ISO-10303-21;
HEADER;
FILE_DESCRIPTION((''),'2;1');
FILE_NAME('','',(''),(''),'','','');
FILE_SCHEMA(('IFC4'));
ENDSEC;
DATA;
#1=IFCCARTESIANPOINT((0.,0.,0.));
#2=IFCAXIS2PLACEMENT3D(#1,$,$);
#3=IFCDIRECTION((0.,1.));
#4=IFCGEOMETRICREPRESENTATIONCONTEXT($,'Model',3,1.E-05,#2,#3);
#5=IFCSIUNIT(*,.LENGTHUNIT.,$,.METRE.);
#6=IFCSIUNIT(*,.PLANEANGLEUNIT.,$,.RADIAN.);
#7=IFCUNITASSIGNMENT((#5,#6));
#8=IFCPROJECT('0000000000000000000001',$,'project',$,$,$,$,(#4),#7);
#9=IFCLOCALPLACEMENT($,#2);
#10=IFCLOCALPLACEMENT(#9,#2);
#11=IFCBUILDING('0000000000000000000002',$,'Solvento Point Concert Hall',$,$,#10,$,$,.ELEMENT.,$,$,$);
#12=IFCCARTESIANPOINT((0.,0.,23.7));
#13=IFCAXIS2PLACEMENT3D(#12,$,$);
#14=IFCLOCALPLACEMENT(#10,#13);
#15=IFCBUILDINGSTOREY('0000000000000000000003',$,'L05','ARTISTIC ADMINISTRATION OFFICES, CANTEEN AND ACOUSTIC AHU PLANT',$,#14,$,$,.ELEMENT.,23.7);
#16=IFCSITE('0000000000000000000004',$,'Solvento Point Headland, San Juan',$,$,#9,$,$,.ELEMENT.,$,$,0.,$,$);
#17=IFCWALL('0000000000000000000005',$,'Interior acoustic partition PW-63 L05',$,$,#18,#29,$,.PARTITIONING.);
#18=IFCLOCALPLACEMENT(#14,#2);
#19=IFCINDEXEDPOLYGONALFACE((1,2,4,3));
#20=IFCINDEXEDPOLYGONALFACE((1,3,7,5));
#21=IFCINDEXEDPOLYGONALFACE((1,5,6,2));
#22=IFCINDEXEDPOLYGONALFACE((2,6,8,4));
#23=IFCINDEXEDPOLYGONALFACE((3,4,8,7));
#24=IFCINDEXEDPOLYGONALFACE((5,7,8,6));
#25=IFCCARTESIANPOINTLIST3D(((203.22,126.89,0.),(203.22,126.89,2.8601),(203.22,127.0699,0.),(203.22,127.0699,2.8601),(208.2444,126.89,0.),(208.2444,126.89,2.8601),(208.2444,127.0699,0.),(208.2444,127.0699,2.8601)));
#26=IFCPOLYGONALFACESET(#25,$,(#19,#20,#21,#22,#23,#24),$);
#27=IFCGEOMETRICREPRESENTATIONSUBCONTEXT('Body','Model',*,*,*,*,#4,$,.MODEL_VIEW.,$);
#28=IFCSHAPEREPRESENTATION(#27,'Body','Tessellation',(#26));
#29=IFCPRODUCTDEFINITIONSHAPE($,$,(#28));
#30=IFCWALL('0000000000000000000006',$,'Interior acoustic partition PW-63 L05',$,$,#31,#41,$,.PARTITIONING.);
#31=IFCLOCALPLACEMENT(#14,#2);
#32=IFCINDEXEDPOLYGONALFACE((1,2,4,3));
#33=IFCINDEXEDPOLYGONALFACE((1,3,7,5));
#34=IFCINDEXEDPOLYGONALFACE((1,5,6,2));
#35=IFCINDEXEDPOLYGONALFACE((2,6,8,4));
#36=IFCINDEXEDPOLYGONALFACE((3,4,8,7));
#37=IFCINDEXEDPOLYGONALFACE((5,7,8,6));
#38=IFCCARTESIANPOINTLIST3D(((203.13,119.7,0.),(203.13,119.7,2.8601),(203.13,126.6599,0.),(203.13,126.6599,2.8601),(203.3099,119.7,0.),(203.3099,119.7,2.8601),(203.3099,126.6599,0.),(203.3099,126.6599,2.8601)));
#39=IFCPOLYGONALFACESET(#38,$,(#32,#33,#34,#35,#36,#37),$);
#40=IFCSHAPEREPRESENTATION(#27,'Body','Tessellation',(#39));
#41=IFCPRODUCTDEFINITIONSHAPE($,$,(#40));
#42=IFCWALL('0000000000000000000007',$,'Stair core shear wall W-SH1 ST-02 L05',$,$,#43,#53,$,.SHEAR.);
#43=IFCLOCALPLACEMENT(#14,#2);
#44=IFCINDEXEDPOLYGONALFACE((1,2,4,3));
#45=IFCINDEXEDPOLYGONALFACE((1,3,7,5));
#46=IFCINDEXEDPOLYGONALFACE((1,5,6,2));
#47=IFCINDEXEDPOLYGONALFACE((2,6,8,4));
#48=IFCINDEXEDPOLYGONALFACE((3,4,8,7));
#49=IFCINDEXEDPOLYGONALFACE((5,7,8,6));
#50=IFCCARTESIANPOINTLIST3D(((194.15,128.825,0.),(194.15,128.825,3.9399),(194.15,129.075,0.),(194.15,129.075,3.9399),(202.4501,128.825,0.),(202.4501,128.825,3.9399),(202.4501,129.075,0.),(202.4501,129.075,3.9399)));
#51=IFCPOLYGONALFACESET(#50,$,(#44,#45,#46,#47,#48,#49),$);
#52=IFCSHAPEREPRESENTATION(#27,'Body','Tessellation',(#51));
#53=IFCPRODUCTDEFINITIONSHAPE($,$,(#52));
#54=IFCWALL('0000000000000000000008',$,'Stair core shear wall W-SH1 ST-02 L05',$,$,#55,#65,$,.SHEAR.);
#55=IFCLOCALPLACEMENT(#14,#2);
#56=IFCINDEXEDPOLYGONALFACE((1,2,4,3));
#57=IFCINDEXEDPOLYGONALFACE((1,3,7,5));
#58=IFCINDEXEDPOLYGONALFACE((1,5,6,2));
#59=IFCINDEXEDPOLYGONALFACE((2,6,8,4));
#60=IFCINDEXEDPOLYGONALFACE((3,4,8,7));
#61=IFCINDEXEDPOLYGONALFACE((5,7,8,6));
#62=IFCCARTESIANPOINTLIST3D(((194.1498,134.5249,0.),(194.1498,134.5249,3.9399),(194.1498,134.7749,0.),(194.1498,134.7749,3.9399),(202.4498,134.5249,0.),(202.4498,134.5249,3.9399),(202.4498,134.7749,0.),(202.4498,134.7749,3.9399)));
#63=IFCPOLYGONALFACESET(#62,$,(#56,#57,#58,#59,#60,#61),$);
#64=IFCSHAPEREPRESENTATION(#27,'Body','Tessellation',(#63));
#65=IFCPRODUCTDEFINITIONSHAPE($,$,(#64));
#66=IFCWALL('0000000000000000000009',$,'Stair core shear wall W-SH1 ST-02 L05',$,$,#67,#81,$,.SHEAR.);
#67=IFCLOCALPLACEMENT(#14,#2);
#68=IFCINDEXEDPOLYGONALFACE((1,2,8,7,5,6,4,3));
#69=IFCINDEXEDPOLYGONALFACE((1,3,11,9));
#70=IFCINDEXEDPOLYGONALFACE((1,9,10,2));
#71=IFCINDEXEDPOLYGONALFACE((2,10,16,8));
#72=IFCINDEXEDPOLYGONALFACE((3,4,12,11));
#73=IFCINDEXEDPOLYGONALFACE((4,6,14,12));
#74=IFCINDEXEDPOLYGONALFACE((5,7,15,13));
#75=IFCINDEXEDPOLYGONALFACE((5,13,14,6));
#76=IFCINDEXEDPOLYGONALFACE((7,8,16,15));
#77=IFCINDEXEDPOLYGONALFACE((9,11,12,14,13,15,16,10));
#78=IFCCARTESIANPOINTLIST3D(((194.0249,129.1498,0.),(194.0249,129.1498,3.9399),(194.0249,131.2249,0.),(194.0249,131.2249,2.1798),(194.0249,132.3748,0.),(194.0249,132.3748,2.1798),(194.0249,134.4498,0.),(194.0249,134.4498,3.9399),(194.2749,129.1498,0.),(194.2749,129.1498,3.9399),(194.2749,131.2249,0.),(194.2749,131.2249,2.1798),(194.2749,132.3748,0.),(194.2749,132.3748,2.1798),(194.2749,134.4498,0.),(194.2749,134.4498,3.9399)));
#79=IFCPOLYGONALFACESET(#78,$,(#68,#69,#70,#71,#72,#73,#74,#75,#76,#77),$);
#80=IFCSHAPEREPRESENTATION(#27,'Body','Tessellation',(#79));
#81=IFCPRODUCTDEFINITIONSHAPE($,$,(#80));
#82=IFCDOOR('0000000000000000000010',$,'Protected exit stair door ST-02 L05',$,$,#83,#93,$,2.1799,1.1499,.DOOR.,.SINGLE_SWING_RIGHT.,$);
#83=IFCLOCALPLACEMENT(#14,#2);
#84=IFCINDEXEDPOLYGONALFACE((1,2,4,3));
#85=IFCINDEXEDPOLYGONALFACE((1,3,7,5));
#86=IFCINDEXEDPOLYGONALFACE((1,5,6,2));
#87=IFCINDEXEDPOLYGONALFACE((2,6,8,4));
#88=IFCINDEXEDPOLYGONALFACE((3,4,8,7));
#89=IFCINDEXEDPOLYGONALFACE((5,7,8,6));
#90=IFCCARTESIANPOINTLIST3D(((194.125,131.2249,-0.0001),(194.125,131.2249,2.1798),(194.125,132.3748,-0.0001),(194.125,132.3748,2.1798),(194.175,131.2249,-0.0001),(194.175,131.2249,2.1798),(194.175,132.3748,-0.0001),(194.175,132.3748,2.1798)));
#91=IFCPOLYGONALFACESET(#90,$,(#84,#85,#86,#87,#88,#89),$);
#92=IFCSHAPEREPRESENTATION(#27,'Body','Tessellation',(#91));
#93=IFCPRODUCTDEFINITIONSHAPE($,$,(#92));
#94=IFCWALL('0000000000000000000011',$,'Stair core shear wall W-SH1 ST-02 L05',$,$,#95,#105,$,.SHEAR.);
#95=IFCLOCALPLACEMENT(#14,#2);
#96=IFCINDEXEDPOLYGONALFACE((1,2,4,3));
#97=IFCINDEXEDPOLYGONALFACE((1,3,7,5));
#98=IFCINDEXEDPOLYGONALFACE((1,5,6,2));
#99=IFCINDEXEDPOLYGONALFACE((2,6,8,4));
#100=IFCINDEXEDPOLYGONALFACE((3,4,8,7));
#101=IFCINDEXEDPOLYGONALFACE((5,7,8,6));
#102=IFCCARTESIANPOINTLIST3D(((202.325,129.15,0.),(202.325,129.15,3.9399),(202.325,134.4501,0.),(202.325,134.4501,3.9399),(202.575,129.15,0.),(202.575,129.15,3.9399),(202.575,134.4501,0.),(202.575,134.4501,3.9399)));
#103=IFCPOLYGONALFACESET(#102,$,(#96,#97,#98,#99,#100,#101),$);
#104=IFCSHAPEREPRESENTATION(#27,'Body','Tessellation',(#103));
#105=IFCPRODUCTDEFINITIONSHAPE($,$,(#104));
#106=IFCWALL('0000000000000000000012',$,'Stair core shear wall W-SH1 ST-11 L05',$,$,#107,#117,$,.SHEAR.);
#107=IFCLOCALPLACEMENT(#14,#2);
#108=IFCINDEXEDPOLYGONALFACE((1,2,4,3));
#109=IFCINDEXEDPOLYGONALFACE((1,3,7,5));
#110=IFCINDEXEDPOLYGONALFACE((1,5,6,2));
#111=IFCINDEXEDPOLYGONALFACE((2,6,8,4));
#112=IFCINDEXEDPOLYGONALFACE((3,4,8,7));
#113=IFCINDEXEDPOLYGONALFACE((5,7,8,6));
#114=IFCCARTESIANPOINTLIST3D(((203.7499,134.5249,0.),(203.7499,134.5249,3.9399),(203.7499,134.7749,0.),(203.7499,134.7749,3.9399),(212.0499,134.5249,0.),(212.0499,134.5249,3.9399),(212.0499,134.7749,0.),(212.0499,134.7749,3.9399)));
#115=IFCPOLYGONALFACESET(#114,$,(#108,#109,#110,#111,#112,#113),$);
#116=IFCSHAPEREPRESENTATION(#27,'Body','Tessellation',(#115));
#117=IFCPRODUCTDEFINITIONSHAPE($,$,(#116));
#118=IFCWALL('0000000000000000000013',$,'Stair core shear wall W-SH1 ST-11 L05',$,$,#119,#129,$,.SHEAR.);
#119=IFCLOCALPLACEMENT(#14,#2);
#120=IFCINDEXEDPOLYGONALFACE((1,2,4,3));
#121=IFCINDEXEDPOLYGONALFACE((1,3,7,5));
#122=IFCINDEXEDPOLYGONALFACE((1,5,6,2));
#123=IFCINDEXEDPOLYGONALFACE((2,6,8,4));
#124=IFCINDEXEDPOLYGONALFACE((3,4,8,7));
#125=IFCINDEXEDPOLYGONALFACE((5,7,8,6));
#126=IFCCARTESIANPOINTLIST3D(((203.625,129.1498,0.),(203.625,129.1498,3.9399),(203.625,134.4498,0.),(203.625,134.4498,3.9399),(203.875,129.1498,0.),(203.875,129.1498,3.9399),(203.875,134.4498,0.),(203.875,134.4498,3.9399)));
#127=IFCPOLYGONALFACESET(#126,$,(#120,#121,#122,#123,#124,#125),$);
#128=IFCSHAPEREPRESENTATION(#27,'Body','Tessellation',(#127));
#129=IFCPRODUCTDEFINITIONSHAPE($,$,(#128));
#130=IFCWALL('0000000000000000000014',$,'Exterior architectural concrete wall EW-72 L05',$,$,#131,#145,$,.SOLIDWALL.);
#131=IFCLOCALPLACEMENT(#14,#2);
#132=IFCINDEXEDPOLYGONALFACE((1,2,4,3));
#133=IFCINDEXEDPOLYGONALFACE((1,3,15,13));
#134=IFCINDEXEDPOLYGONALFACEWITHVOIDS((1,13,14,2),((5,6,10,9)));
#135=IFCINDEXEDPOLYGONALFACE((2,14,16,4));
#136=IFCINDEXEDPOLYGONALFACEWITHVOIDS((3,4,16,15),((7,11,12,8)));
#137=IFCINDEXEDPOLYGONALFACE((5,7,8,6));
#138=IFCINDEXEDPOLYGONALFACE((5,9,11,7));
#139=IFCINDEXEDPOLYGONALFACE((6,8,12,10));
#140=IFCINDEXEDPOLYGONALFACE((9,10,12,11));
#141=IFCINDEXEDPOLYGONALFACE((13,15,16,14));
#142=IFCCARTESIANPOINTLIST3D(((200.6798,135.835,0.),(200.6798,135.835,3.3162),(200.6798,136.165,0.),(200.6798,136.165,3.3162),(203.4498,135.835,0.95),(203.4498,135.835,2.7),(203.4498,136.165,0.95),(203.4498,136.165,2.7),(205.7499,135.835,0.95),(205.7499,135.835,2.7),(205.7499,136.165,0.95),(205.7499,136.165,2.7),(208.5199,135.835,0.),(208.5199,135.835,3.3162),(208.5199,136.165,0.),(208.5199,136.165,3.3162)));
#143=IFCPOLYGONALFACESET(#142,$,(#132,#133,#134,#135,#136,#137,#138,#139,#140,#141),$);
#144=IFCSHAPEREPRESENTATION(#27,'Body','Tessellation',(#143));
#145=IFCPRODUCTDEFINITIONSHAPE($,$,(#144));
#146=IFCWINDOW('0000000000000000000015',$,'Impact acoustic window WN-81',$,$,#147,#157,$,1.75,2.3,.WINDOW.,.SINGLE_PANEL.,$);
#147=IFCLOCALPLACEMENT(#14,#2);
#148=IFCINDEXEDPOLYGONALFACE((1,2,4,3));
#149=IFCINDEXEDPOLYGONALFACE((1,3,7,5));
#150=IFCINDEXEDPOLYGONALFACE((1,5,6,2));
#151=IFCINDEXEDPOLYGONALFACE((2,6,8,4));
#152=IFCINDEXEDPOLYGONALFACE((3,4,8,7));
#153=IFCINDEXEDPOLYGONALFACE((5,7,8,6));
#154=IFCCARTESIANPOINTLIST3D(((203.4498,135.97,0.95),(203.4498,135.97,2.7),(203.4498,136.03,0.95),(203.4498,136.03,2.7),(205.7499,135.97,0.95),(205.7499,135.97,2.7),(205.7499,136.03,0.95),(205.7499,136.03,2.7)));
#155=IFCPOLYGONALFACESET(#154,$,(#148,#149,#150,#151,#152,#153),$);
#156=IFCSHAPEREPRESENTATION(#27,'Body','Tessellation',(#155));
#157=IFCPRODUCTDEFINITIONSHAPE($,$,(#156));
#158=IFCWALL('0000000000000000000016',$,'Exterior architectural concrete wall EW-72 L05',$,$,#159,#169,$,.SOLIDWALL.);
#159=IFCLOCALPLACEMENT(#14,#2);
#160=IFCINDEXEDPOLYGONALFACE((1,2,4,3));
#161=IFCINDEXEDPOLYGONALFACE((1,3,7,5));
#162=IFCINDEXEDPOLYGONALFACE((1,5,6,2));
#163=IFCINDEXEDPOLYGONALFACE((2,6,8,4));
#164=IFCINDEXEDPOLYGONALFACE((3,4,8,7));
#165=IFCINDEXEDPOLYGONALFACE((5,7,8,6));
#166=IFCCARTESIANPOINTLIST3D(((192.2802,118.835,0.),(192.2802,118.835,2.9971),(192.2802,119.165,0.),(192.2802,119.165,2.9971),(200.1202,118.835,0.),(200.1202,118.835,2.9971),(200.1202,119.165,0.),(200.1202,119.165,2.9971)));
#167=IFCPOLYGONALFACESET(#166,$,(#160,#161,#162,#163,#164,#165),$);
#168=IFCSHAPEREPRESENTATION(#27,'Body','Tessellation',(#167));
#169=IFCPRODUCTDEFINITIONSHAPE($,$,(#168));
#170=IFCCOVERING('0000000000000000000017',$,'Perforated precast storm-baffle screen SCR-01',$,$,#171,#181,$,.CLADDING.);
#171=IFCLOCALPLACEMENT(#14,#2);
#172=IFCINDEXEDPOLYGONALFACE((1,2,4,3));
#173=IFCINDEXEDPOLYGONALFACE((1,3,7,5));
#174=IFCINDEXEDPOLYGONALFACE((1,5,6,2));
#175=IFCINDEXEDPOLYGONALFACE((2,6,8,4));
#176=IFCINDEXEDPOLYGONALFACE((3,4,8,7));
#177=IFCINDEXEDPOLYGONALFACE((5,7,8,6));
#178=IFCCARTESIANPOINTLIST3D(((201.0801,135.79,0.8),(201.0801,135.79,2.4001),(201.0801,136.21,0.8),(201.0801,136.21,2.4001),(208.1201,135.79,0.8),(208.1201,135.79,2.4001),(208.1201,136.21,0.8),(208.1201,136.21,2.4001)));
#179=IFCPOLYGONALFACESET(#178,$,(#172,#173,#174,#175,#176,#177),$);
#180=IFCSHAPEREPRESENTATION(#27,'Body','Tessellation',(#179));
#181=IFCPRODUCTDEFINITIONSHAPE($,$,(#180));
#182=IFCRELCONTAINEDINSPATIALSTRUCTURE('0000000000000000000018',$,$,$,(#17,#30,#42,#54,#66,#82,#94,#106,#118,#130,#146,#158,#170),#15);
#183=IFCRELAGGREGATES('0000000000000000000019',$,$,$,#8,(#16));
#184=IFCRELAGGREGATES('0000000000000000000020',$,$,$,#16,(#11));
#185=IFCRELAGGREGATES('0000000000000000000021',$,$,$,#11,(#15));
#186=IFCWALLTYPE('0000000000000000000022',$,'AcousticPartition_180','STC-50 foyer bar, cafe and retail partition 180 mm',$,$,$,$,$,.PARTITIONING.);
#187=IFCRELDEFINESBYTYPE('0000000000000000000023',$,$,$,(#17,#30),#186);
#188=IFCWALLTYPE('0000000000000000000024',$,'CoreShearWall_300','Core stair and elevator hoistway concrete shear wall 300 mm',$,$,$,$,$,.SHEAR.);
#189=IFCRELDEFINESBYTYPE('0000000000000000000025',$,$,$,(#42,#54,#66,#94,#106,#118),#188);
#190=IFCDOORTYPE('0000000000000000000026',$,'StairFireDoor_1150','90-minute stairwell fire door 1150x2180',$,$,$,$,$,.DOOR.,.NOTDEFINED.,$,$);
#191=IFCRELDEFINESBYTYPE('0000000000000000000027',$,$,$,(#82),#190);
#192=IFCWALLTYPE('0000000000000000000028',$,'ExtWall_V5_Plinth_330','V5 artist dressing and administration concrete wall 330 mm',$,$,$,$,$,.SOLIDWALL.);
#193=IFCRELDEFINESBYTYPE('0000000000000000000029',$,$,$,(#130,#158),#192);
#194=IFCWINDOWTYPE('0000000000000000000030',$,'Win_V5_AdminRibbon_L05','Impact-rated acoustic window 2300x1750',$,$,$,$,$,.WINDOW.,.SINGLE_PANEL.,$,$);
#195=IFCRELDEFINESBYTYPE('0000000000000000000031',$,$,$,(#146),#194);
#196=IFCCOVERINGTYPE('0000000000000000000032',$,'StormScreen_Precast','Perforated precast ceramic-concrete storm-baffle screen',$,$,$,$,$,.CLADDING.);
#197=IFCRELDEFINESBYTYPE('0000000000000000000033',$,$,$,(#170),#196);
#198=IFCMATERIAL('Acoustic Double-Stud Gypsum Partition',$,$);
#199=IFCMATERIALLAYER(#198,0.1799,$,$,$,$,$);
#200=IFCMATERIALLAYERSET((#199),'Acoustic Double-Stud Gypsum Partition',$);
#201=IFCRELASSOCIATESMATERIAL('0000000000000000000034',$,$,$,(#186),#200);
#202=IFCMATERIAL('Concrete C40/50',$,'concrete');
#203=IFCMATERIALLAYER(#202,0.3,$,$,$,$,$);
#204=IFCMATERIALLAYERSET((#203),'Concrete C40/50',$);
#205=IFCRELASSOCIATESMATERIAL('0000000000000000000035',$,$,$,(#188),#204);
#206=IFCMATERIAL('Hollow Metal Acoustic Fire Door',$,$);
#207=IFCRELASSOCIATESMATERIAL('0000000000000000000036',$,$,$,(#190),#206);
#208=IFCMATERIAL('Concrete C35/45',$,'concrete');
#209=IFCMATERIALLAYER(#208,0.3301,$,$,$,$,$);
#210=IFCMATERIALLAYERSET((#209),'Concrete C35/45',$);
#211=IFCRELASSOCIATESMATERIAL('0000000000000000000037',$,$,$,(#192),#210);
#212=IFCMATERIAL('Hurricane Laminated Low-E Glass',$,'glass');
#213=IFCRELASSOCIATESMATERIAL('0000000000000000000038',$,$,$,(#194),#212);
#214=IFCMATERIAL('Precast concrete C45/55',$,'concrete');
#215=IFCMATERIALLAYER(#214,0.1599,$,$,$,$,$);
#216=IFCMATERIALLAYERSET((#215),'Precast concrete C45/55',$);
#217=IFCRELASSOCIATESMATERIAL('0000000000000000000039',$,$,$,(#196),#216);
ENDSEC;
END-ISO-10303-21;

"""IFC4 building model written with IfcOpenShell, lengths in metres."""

from ifc_helpers import new_model, si_unit, direction, frame, frame_2d, origin, origin_2d, place, context, subcontext, project, spatial, rectangle, extrude, material, layer, layer_set, type_object, element, fill, save


model = new_model("IFC4")

# Units and contexts
model_context = context("Model", 3, precision=1e-05, world=origin(), true_north=direction((0.0, 1.0)))
body_context = subcontext(model_context, "Body", "Model", "MODEL_VIEW")
ifc_project = project(units=[si_unit("LENGTHUNIT", "METRE"), si_unit("PLANEANGLEUNIT", "RADIAN")], contexts=[model_context])

# Site, building, storey
site_placement = place(None, origin())
site = spatial("IfcSite", under=ifc_project, at=site_placement, Name="Solvento Point Headland, San Juan", CompositionType="ELEMENT", RefElevation=0.0)
building_placement = place(site_placement, origin())
building = spatial("IfcBuilding", under=site, at=building_placement, Name="Solvento Point Concert Hall", CompositionType="ELEMENT")
storey_placement = place(building_placement, frame((0.0, 0.0, 23.7)))
storey = spatial("IfcBuildingStorey", under=building, at=storey_placement, Name="L05", Description="ARTISTIC ADMINISTRATION OFFICES, CANTEEN AND ACOUSTIC AHU PLANT", CompositionType="ELEMENT", Elevation=23.7)

# Walls
ifc_material_1 = material(Name="Acoustic Double-Stud Gypsum Partition")
ifc_layer_1 = layer(ifc_material_1, 0.1799)
ifc_layer_set_1 = layer_set([ifc_layer_1], Name="Acoustic Double-Stud Gypsum Partition")
wall_type_1 = type_object("IfcWallType", Name="AcousticPartition_180", Description="STC-50 foyer bar, cafe and retail partition 180 mm", PredefinedType="PARTITIONING", material=ifc_layer_set_1)
wall_1_placement = place(storey_placement, frame((203.22, 126.98, 0.0), z_axis=(0.0, 0.0, 1.0), x_axis=(1.0, 0.0, 0.0)))
element("IfcWall", 1, at=wall_1_placement, inside=storey, type_object=wall_type_1, Name="Interior acoustic partition PW-63 L05", PredefinedType="PARTITIONING", context=body_context, shape_type="SweptSolid", body=[
    extrude(rectangle(XDim=5.0244, YDim=0.1799, at=frame_2d((2.5122, 0.0))), origin(), (0.0, 0.0, 1.0), 2.8601),
])
wall_2_placement = place(storey_placement, frame((203.22, 119.7, 0.0), z_axis=(0.0, 0.0, 1.0), x_axis=(0.0, 1.0, 0.0)))
element("IfcWall", 2, at=wall_2_placement, inside=storey, type_object=wall_type_1, Name="Interior acoustic partition PW-63 L05", PredefinedType="PARTITIONING", context=body_context, shape_type="SweptSolid", body=[
    extrude(rectangle(XDim=6.96, YDim=0.1799, at=frame_2d((3.48, 0.0))), origin(), (0.0, 0.0, 1.0), 2.8601),
])
ifc_material_2 = material(Name="Concrete C40/50", Category="concrete")
ifc_layer_2 = layer(ifc_material_2, 0.3)
ifc_layer_set_2 = layer_set([ifc_layer_2], Name="Concrete C40/50")
wall_type_2 = type_object("IfcWallType", Name="CoreShearWall_300", Description="Core stair and elevator hoistway concrete shear wall 300 mm", PredefinedType="SHEAR", material=ifc_layer_set_2)
for number, where, z_axis, x_axis, name in (
    (3, (202.45, 128.95, 0.0), (0.0, 0.0, 1.0), (-1.0, 0.0, 0.0), "Stair core shear wall W-SH1 ST-02 L05"),
    (4, (194.1499, 134.6499, 0.0), (0.0, 0.0, 1.0), (1.0, 0.0, 0.0), "Stair core shear wall W-SH1 ST-02 L05"),
):
    element("IfcWall", number, at=place(storey_placement, frame(where, z_axis=z_axis, x_axis=x_axis)), inside=storey, type_object=wall_type_2, Name=name, PredefinedType="SHEAR", context=body_context, shape_type="SweptSolid", body=[
        extrude(rectangle(XDim=8.3, YDim=0.25, at=frame_2d((4.1499, 0.0))), origin(), (0.0, 0.0, 1.0), 3.9399),
    ])

# Wall, opening, door
wall_3_placement = place(storey_placement, frame((194.1499, 129.1499, 0.0), z_axis=(0.0, 0.0, 1.0), x_axis=(0.0, 1.0, 0.0)))
wall_3 = element("IfcWall", 5, at=wall_3_placement, inside=storey, type_object=wall_type_2, Name="Stair core shear wall W-SH1 ST-02 L05", PredefinedType="SHEAR", context=body_context, shape_type="SweptSolid", body=[
    extrude(rectangle(XDim=5.3, YDim=0.25, at=frame_2d((2.6499, 0.0))), origin(), (0.0, 0.0, 1.0), 3.9399),
])
opening_1_placement = place(wall_3_placement, frame((2.075, 0.0, 0.0)))
opening_1 = element("IfcOpeningElement", 6, at=opening_1_placement, cuts=wall_3, PredefinedType="OPENING", context=body_context, shape_type="SweptSolid", body=[
    extrude(rectangle(XDim=1.1499, YDim=2.1799, at=frame_2d((0.575, 1.0898))), frame((0.0, 0.135, 0.0), z_axis=(0.0, -1.0, 0.0), x_axis=(1.0, 0.0, 0.0)), (0.0, 0.0, 1.0), 0.27),
])
ifc_material_3 = material(Name="Hollow Metal Acoustic Fire Door")
door_type = type_object("IfcDoorType", Name="StairFireDoor_1150", Description="90-minute stairwell fire door 1150x2180", OperationType="NOTDEFINED", PredefinedType="DOOR", material=ifc_material_3)
door_placement = place(opening_1_placement, origin())
door = element("IfcDoor", 7, at=door_placement, inside=storey, type_object=door_type, Name="Protected exit stair door ST-02 L05", OperationType="SINGLE_SWING_RIGHT", OverallHeight=2.1799, OverallWidth=1.1499, PredefinedType="DOOR", context=body_context, shape_type="SweptSolid", body=[
    extrude(rectangle(XDim=1.1499, YDim=2.1799, at=frame_2d((0.575, 1.0898))), frame((0.0, 0.0249, 0.0), z_axis=(0.0, -1.0, 0.0), x_axis=(1.0, 0.0, 0.0)), (0.0, 0.0, 1.0), 0.05),
])
fill(opening_1, door)

# Walls
wall_4_placement = place(storey_placement, frame((202.45, 134.45, 0.0), z_axis=(0.0, 0.0, 1.0), x_axis=(0.0, -1.0, 0.0)))
element("IfcWall", 8, at=wall_4_placement, inside=storey, type_object=wall_type_2, Name="Stair core shear wall W-SH1 ST-02 L05", PredefinedType="SHEAR", context=body_context, shape_type="SweptSolid", body=[
    extrude(rectangle(XDim=5.3, YDim=0.25, at=frame_2d((2.6499, 0.0))), origin(), (0.0, 0.0, 1.0), 3.9399),
])
wall_5_placement = place(storey_placement, frame((203.75, 134.6499, 0.0), z_axis=(0.0, 0.0, 1.0), x_axis=(1.0, 0.0, 0.0)))
element("IfcWall", 9, at=wall_5_placement, inside=storey, type_object=wall_type_2, Name="Stair core shear wall W-SH1 ST-11 L05", PredefinedType="SHEAR", context=body_context, shape_type="SweptSolid", body=[
    extrude(rectangle(XDim=8.3, YDim=0.25, at=frame_2d((4.1499, 0.0))), origin(), (0.0, 0.0, 1.0), 3.9399),
])
wall_6_placement = place(storey_placement, frame((203.75, 129.1499, 0.0), z_axis=(0.0, 0.0, 1.0), x_axis=(0.0, 1.0, 0.0)))
element("IfcWall", 10, at=wall_6_placement, inside=storey, type_object=wall_type_2, Name="Stair core shear wall W-SH1 ST-11 L05", PredefinedType="SHEAR", context=body_context, shape_type="SweptSolid", body=[
    extrude(rectangle(XDim=5.3, YDim=0.25, at=frame_2d((2.6499, 0.0))), origin(), (0.0, 0.0, 1.0), 3.9399),
])

# Wall, opening, window
ifc_material_4 = material(Name="Concrete C35/45", Category="concrete")
ifc_layer_3 = layer(ifc_material_4, 0.3301)
ifc_layer_set_3 = layer_set([ifc_layer_3], Name="Concrete C35/45")
wall_type_3 = type_object("IfcWallType", Name="ExtWall_V5_Plinth_330", Description="V5 artist dressing and administration concrete wall 330 mm", PredefinedType="SOLIDWALL", material=ifc_layer_set_3)
wall_7_placement = place(storey_placement, frame((200.6799, 136.0, 0.0), z_axis=(0.0, 0.0, 1.0), x_axis=(1.0, 0.0, 0.0)))
wall_7 = element("IfcWall", 11, at=wall_7_placement, inside=storey, type_object=wall_type_3, Name="Exterior architectural concrete wall EW-72 L05", PredefinedType="SOLIDWALL", context=body_context, shape_type="SweptSolid", body=[
    extrude(rectangle(XDim=7.8401, YDim=0.3301, at=frame_2d((3.9199, 0.0))), origin(), (0.0, 0.0, 1.0), 3.3162),
])
opening_2_placement = place(wall_7_placement, frame((2.77, 0.0, 0.95)))
opening_2 = element("IfcOpeningElement", 12, at=opening_2_placement, cuts=wall_7, PredefinedType="OPENING", context=body_context, shape_type="SweptSolid", body=[
    extrude(rectangle(XDim=2.3, YDim=1.75, at=frame_2d((1.1499, 0.875))), frame((0.0, 0.175, 0.0), z_axis=(0.0, -1.0, 0.0), x_axis=(1.0, 0.0, 0.0)), (0.0, 0.0, 1.0), 0.3501),
])
ifc_material_5 = material(Name="Hurricane Laminated Low-E Glass", Category="glass")
window_type = type_object("IfcWindowType", Name="Win_V5_AdminRibbon_L05", Description="Impact-rated acoustic window 2300x1750", PartitioningType="SINGLE_PANEL", PredefinedType="WINDOW", material=ifc_material_5)
window_placement = place(opening_2_placement, origin())
window = element("IfcWindow", 13, at=window_placement, inside=storey, type_object=window_type, Name="Impact acoustic window WN-81", OverallHeight=1.75, OverallWidth=2.3, PartitioningType="SINGLE_PANEL", PredefinedType="WINDOW", context=body_context, shape_type="SweptSolid", body=[
    extrude(rectangle(XDim=2.3, YDim=1.75, at=frame_2d((1.1499, 0.875))), frame((0.0, 0.03, 0.0), z_axis=(0.0, -1.0, 0.0), x_axis=(1.0, 0.0, 0.0)), (0.0, 0.0, 1.0), 0.0601),
])
fill(opening_2, window)

# Wall
wall_8_placement = place(storey_placement, frame((200.1201, 119.0, 0.0), z_axis=(0.0, 0.0, 1.0), x_axis=(-1.0, 0.0, 0.0)))
element("IfcWall", 14, at=wall_8_placement, inside=storey, type_object=wall_type_3, Name="Exterior architectural concrete wall EW-72 L05", PredefinedType="SOLIDWALL", context=body_context, shape_type="SweptSolid", body=[
    extrude(rectangle(XDim=7.8401, YDim=0.3301, at=frame_2d((3.9199, 0.0))), origin(), (0.0, 0.0, 1.0), 2.9971),
])

# Covering
ifc_material_6 = material(Name="Precast concrete C45/55", Category="concrete")
ifc_layer_4 = layer(ifc_material_6, 0.1599)
ifc_layer_set_4 = layer_set([ifc_layer_4], Name="Precast concrete C45/55")
covering_type = type_object("IfcCoveringType", Name="StormScreen_Precast", Description="Perforated precast ceramic-concrete storm-baffle screen", PredefinedType="CLADDING", material=ifc_layer_set_4)
covering_placement = place(storey_placement, frame((204.6001, 136.0, 0.8), z_axis=(0.0, 0.0, 1.0), x_axis=(1.0, 0.0, 0.0)))
element("IfcCovering", 15, at=covering_placement, inside=storey, type_object=covering_type, Name="Perforated precast storm-baffle screen SCR-01", PredefinedType="CLADDING", context=body_context, shape_type="SweptSolid", body=[
    extrude(rectangle(XDim=7.04, YDim=0.4199, at=origin_2d()), origin(), (0.0, 0.0, 1.0), 1.6001),
])

save(model, "model.ifc")
